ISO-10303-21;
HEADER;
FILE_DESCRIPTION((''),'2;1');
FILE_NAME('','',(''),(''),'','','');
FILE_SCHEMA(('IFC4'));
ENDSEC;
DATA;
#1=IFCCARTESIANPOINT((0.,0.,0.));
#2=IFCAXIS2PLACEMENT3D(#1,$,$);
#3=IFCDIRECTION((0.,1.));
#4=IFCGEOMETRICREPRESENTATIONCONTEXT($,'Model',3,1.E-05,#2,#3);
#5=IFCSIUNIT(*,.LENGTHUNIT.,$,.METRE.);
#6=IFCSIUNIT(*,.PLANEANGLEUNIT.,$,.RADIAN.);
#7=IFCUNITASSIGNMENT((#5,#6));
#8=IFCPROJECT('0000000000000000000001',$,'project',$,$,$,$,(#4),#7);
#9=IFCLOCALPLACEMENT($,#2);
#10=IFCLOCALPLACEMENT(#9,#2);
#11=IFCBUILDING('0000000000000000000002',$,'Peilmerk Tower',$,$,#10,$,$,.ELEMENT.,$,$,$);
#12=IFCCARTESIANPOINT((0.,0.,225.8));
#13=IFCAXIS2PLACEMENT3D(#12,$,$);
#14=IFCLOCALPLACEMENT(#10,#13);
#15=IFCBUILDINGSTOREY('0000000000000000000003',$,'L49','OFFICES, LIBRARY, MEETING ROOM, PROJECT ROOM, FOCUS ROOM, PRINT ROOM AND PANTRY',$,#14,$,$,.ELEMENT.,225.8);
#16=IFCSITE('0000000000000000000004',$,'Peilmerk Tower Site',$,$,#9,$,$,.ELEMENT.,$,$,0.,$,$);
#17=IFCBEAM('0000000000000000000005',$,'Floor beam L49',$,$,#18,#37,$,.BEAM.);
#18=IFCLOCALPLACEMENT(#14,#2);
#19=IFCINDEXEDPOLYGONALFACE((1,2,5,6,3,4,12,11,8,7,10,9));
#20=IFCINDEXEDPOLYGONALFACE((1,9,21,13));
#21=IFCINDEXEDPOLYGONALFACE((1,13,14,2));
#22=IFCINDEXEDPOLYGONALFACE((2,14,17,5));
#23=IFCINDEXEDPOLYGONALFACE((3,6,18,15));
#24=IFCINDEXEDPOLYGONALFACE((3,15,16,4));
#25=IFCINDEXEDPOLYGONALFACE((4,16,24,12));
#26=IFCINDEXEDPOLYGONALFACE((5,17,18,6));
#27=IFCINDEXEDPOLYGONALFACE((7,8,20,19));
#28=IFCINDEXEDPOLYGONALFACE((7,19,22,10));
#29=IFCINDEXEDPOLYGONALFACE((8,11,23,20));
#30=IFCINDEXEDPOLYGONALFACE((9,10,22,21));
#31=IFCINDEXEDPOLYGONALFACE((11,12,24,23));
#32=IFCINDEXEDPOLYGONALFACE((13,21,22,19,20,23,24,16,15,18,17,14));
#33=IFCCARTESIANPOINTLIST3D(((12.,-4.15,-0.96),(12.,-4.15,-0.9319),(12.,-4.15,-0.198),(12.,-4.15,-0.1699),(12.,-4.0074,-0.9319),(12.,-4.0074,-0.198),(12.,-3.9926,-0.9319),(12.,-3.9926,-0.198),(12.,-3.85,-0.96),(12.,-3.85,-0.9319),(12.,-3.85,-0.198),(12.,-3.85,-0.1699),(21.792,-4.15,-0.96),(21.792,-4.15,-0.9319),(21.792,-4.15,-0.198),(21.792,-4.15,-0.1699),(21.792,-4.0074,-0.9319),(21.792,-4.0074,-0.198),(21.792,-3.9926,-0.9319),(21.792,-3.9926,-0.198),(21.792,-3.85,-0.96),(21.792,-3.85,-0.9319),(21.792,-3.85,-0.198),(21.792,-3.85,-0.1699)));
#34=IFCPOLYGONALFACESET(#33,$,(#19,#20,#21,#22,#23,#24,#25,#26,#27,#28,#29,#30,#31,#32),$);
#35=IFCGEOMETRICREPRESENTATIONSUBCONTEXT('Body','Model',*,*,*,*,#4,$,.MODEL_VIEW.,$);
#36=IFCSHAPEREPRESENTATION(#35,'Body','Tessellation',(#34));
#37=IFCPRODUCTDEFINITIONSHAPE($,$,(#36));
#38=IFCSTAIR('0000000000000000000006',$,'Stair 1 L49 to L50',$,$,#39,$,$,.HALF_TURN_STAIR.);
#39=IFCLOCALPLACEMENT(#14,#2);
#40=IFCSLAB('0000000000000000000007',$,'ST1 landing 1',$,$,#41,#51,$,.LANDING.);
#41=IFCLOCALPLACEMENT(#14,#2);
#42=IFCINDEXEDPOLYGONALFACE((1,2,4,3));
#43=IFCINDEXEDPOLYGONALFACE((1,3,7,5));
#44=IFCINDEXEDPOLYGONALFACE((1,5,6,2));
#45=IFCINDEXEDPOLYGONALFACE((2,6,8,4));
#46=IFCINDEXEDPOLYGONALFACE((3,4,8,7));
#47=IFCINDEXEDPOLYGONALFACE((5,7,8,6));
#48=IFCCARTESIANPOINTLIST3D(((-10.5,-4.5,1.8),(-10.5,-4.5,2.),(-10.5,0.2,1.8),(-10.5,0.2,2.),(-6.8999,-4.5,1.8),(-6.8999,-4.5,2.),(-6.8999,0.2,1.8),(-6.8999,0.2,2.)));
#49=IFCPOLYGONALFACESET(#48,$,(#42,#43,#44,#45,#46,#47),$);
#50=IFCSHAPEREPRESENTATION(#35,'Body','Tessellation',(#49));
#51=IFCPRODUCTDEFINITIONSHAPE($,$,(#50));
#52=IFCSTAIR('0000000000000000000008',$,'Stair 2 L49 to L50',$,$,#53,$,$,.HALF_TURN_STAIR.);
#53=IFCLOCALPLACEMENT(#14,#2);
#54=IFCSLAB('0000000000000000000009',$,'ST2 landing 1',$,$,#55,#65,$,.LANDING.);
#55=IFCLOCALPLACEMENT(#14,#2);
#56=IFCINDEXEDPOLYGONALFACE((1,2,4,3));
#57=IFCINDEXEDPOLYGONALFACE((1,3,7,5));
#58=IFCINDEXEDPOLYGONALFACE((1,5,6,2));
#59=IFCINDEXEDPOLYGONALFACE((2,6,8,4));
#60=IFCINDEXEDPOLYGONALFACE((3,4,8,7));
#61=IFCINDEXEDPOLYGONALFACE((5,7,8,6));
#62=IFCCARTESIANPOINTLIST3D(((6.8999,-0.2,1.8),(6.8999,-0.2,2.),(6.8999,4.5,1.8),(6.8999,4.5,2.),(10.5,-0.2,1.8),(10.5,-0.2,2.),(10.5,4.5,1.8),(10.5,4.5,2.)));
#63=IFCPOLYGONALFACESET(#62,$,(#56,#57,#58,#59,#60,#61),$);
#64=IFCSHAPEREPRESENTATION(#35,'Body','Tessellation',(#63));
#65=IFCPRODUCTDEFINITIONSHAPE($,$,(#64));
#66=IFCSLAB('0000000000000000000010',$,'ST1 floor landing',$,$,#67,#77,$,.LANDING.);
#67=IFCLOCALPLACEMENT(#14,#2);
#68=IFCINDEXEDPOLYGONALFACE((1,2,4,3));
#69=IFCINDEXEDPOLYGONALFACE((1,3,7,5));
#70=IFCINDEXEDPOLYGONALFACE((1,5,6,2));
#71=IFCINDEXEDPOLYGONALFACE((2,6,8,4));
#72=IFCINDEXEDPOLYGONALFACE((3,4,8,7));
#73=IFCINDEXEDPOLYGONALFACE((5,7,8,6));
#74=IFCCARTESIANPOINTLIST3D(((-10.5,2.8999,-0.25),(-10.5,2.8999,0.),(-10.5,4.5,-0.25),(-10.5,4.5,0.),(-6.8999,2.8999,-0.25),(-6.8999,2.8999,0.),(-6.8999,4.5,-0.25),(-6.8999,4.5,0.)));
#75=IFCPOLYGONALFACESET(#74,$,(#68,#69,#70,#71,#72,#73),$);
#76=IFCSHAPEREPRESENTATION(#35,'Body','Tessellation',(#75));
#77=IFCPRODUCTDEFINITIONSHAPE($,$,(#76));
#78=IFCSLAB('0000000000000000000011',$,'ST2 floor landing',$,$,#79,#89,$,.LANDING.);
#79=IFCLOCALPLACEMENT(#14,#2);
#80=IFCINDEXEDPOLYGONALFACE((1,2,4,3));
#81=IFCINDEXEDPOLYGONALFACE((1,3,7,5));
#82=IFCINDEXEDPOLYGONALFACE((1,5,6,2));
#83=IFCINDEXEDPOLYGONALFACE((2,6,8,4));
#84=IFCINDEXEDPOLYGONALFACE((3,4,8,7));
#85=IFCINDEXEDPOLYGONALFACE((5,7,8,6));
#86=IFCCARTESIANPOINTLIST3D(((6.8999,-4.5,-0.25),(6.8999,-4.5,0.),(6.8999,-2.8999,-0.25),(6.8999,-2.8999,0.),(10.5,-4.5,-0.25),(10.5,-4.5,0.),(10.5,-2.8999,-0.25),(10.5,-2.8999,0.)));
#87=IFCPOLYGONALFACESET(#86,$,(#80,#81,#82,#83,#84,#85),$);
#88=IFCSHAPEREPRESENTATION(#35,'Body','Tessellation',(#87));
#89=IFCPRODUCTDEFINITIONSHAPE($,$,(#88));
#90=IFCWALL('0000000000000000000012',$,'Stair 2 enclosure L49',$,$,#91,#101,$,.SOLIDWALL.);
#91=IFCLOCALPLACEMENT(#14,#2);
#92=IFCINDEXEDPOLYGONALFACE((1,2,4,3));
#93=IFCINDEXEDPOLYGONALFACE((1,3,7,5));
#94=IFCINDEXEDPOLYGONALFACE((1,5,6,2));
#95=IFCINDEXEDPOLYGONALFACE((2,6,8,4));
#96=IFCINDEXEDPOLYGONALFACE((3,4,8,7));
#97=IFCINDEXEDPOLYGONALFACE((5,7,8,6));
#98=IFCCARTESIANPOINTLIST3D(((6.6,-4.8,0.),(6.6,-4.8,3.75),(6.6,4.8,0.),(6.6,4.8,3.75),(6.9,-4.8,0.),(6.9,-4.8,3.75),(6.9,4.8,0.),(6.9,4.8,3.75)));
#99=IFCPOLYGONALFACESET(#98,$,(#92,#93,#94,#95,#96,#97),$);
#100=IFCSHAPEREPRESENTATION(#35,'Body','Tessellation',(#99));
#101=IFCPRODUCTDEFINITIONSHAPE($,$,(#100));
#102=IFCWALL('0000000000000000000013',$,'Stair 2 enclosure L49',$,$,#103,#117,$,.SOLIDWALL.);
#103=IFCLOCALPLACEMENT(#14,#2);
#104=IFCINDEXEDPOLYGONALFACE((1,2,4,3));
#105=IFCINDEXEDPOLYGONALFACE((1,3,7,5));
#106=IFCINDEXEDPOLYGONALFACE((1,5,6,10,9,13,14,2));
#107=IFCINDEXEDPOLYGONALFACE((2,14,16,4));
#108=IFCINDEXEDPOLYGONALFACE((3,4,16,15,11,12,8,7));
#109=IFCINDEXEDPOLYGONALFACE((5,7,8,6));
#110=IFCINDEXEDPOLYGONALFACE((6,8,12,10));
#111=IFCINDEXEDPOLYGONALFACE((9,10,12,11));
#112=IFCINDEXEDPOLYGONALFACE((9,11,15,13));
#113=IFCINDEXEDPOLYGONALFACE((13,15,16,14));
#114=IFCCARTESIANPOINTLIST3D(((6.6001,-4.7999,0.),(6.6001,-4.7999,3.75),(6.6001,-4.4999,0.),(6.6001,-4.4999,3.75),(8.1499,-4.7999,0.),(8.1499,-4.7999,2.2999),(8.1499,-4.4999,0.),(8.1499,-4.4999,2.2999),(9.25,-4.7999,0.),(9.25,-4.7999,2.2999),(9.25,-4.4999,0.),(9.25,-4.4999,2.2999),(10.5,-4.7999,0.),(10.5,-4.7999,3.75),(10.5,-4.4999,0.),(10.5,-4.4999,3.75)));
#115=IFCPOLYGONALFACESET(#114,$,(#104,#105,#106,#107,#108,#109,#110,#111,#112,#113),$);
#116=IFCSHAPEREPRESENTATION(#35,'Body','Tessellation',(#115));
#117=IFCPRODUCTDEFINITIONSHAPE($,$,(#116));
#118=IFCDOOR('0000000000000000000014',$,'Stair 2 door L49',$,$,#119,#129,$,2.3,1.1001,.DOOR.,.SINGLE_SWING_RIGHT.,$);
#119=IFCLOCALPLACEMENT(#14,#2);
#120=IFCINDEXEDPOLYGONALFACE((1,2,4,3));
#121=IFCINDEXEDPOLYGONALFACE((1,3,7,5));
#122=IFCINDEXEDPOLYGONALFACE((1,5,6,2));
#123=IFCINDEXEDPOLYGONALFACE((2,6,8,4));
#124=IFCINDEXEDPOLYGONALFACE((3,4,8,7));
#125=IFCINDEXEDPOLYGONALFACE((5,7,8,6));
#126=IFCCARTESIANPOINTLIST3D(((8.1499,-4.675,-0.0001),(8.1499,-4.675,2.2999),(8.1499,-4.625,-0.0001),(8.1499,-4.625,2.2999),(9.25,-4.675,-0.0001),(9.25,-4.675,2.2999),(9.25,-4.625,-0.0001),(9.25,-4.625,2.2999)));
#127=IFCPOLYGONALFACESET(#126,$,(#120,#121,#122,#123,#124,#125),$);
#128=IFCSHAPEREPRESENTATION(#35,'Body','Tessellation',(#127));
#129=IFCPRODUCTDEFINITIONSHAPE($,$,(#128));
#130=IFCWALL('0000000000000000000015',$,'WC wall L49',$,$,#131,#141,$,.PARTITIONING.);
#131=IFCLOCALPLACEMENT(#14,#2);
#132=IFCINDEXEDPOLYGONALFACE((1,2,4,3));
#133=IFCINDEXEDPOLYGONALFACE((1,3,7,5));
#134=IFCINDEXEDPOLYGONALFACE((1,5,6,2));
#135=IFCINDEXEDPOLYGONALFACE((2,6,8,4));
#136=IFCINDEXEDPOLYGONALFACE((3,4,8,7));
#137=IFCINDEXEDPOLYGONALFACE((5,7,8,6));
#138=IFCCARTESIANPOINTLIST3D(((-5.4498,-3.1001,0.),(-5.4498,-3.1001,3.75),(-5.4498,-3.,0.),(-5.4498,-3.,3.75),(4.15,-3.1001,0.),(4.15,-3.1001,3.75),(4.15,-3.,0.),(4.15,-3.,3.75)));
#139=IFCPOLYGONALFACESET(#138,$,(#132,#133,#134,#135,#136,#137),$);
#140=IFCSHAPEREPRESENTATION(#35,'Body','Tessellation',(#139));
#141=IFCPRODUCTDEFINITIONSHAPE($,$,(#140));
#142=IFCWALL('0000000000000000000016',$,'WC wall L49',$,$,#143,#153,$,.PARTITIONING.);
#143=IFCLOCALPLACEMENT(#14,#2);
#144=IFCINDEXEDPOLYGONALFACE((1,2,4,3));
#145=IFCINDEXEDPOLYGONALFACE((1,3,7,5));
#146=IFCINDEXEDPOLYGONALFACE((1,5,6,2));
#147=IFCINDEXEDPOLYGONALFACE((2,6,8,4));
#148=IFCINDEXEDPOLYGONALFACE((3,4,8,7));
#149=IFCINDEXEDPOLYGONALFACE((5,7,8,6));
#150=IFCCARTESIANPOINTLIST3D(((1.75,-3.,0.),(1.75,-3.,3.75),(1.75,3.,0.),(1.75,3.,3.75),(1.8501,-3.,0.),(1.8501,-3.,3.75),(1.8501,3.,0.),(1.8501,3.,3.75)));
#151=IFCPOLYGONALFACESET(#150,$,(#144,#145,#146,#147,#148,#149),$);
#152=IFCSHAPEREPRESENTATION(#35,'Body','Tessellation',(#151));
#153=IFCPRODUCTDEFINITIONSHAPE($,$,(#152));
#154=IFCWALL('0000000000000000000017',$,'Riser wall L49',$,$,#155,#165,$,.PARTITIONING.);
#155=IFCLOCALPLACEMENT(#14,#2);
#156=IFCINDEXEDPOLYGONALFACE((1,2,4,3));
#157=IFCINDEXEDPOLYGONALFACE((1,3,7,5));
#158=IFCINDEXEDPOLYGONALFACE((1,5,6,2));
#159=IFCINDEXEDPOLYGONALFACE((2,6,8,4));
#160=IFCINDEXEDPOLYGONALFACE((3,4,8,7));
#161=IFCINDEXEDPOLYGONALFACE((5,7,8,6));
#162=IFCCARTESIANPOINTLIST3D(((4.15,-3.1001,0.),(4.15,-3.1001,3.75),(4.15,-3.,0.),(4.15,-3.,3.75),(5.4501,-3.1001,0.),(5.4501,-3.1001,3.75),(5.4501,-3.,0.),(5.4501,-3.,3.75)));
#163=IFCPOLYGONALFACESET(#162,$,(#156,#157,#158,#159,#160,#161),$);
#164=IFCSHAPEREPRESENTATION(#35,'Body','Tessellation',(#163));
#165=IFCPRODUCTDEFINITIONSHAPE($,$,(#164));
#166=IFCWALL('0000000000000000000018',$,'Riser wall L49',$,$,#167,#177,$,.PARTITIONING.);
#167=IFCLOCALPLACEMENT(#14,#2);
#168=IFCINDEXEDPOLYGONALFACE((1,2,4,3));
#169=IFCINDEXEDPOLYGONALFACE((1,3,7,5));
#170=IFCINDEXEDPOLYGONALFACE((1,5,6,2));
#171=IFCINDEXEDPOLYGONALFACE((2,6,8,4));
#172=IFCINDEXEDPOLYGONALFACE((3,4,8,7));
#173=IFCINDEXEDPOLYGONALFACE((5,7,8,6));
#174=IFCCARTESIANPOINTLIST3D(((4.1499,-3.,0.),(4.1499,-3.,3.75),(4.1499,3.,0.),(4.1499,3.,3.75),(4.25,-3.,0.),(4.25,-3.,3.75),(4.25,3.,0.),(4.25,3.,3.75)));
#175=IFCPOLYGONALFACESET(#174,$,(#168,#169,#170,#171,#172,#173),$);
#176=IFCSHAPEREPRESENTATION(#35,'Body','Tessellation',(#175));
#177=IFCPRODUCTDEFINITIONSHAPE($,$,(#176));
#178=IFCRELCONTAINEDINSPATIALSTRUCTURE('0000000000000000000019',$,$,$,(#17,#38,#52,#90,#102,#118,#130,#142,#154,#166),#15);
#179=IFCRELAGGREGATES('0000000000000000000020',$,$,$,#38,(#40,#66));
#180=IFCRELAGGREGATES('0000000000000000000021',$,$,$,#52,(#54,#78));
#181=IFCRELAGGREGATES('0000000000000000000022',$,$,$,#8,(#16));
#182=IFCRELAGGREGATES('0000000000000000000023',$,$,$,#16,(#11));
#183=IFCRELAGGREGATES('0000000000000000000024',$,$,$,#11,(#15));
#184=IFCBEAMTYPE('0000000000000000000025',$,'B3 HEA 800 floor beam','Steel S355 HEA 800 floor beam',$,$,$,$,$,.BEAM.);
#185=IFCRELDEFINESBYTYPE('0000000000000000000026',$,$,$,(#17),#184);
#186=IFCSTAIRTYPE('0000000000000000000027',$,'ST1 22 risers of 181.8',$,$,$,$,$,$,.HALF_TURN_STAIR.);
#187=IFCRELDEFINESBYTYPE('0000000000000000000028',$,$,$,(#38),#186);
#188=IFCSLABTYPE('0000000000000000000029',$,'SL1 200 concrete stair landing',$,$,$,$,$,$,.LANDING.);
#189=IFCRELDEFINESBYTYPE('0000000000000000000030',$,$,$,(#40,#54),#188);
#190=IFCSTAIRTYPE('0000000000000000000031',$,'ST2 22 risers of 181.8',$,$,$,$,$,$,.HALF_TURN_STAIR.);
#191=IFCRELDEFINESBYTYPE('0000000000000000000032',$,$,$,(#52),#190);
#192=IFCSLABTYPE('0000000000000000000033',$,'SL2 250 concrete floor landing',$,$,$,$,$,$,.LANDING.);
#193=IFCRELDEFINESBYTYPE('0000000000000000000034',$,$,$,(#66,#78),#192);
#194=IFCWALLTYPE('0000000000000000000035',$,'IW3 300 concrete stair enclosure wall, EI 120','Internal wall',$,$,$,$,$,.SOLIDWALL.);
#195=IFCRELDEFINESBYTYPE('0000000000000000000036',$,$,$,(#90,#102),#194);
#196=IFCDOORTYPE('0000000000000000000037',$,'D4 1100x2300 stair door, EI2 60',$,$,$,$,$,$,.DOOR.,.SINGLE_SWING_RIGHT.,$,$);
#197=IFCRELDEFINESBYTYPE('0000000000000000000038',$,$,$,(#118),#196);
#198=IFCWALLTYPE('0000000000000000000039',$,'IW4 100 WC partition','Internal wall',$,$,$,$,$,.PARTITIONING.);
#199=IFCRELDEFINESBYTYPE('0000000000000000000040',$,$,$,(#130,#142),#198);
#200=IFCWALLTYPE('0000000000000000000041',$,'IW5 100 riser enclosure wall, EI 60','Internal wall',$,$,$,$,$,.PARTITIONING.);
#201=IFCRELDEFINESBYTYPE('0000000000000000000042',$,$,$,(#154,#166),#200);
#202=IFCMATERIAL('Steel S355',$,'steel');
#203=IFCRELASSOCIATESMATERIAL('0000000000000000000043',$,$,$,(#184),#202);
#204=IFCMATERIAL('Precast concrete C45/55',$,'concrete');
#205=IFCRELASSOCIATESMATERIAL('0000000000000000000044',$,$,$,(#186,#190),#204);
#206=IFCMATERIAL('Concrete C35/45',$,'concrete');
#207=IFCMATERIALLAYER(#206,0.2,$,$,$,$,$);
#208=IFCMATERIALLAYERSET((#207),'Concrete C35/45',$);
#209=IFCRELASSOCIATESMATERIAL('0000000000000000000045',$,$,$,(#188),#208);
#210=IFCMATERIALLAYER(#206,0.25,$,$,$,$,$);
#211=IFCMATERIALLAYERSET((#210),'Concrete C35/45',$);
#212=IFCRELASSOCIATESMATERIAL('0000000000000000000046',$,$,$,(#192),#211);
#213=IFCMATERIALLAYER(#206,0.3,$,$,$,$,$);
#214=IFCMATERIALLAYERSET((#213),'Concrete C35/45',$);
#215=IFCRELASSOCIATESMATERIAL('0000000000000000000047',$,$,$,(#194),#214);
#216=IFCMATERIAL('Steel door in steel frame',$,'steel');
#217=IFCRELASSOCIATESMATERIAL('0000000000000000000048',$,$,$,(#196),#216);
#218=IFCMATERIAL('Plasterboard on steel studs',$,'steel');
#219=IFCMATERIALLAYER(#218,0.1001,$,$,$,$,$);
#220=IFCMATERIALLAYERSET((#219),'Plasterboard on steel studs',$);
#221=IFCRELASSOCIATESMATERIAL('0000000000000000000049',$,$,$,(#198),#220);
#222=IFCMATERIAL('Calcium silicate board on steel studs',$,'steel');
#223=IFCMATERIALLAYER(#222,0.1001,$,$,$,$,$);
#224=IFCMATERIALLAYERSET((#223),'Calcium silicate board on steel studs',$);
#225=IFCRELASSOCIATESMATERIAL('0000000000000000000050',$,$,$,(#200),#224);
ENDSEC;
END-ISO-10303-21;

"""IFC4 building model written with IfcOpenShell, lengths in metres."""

from ifc_helpers import new_model, si_unit, direction, frame, frame_2d, origin, origin_2d, place, context, subcontext, project, spatial, polyline, rectangle, i_section, outline, extrude, material, layer, layer_set, material_profile, profile_set, type_object, element, fill, aggregate, save


model = new_model("IFC4")

# Units and contexts
model_context = context("Model", 3, precision=1e-05, world=origin(), true_north=direction((0.0, 1.0)))
body_context = subcontext(model_context, "Body", "Model", "MODEL_VIEW")
ifc_project = project(units=[si_unit("LENGTHUNIT", "METRE"), si_unit("PLANEANGLEUNIT", "RADIAN")], contexts=[model_context])

# Site, building, storey
site_placement = place(None, origin())
site = spatial("IfcSite", under=ifc_project, at=site_placement, Name="Peilmerk Tower Site", CompositionType="ELEMENT", RefElevation=0.0)
building_placement = place(site_placement, origin())
building = spatial("IfcBuilding", under=site, at=building_placement, Name="Peilmerk Tower", CompositionType="ELEMENT")
storey_placement = place(building_placement, frame((0.0, 0.0, 225.8)))
storey = spatial("IfcBuildingStorey", under=building, at=storey_placement, Name="L49", Description="OFFICES, LIBRARY, MEETING ROOM, PROJECT ROOM, FOCUS ROOM, PRINT ROOM AND PANTRY", CompositionType="ELEMENT", Elevation=225.8)

# Beam
ifc_material_1 = material(Name="Steel S355", Category="steel")
ifc_material_profile = material_profile(ifc_material_1, i_section(OverallWidth=0.3, OverallDepth=0.79, WebThickness=0.0149, FlangeThickness=0.0281, at=origin_2d()), Name="HEA 800")
ifc_profile_set = profile_set([ifc_material_profile], Name="Steel S355")
beam_type = type_object("IfcBeamType", Name="B3 HEA 800 floor beam", Description="Steel S355 HEA 800 floor beam", PredefinedType="BEAM", material=ifc_profile_set)
beam_placement = place(storey_placement, frame((12.0, -4.0, -0.5649), z_axis=(1.0, 0.0, 0.0), x_axis=(0.0, 1.0, 0.0)))
element("IfcBeam", 1, at=beam_placement, inside=storey, type_object=beam_type, Name="Floor beam L49", PredefinedType="BEAM", context=body_context, shape_type="SweptSolid", body=[
    extrude(i_section(OverallWidth=0.3, OverallDepth=0.79, WebThickness=0.0149, FlangeThickness=0.0281, at=origin_2d()), origin(), (0.0, 0.0, 1.0), 9.792),
])

# Stairs, slabs
ifc_material_2 = material(Name="Precast concrete C45/55", Category="concrete")
stair_type_1 = type_object("IfcStairType", Name="ST1 22 risers of 181.8", PredefinedType="HALF_TURN_STAIR", material=ifc_material_2)
stair_1_placement = place(storey_placement, origin())
stair_1 = element("IfcStair", 2, at=stair_1_placement, inside=storey, type_object=stair_type_1, Name="Stair 1 L49 to L50", PredefinedType="HALF_TURN_STAIR")
ifc_material_3 = material(Name="Concrete C35/45", Category="concrete")
ifc_layer_1 = layer(ifc_material_3, 0.2)
ifc_layer_set_1 = layer_set([ifc_layer_1], Name="Concrete C35/45")
slab_type_1 = type_object("IfcSlabType", Name="SL1 200 concrete stair landing", PredefinedType="LANDING", material=ifc_layer_set_1)
slab_1_placement = place(storey_placement, frame((0.0, 0.0, 1.8)))
slab_1 = element("IfcSlab", 3, at=slab_1_placement, type_object=slab_type_1, Name="ST1 landing 1", PredefinedType="LANDING", context=body_context, shape_type="SweptSolid", body=[
    extrude(outline(polyline([(-10.5, -4.5), (-6.8999, -4.5), (-6.8999, 0.2), (-10.5, 0.2), (-10.5, -4.5)])), origin(), (0.0, 0.0, 1.0), 0.2),
])
stair_type_2 = type_object("IfcStairType", Name="ST2 22 risers of 181.8", PredefinedType="HALF_TURN_STAIR", material=ifc_material_2)
stair_2_placement = place(storey_placement, origin())
stair_2 = element("IfcStair", 4, at=stair_2_placement, inside=storey, type_object=stair_type_2, Name="Stair 2 L49 to L50", PredefinedType="HALF_TURN_STAIR")
slab_2_placement = place(storey_placement, frame((0.0, 0.0, 1.8)))
slab_2 = element("IfcSlab", 5, at=slab_2_placement, type_object=slab_type_1, Name="ST2 landing 1", PredefinedType="LANDING", context=body_context, shape_type="SweptSolid", body=[
    extrude(outline(polyline([(6.8999, -0.2), (10.5, -0.2), (10.5, 4.5), (6.8999, 4.5), (6.8999, -0.2)])), origin(), (0.0, 0.0, 1.0), 0.2),
])

# Slabs
ifc_layer_2 = layer(ifc_material_3, 0.25)
ifc_layer_set_2 = layer_set([ifc_layer_2], Name="Concrete C35/45")
slab_type_2 = type_object("IfcSlabType", Name="SL2 250 concrete floor landing", PredefinedType="LANDING", material=ifc_layer_set_2)
slab_3_placement = place(storey_placement, frame((0.0, 0.0, -0.25)))
slab_3 = element("IfcSlab", 6, at=slab_3_placement, type_object=slab_type_2, Name="ST1 floor landing", PredefinedType="LANDING", context=body_context, shape_type="SweptSolid", body=[
    extrude(outline(polyline([(-10.5, 2.8999), (-6.8999, 2.8999), (-6.8999, 4.5), (-10.5, 4.5), (-10.5, 2.8999)])), origin(), (0.0, 0.0, 1.0), 0.25),
])
aggregate(stair_1, [slab_1, slab_3])
slab_4_placement = place(storey_placement, frame((0.0, 0.0, -0.25)))
slab_4 = element("IfcSlab", 7, at=slab_4_placement, type_object=slab_type_2, Name="ST2 floor landing", PredefinedType="LANDING", context=body_context, shape_type="SweptSolid", body=[
    extrude(outline(polyline([(6.8999, -4.5), (10.5, -4.5), (10.5, -2.8999), (6.8999, -2.8999), (6.8999, -4.5)])), origin(), (0.0, 0.0, 1.0), 0.25),
])

# Wall
ifc_layer_3 = layer(ifc_material_3, 0.3)
ifc_layer_set_3 = layer_set([ifc_layer_3], Name="Concrete C35/45")
wall_type_1 = type_object("IfcWallType", Name="IW3 300 concrete stair enclosure wall, EI 120", Description="Internal wall", PredefinedType="SOLIDWALL", material=ifc_layer_set_3)
wall_1_placement = place(storey_placement, frame((6.75, -4.8, 0.0), z_axis=(0.0, 0.0, 1.0), x_axis=(0.0, 1.0, 0.0)))
element("IfcWall", 8, at=wall_1_placement, inside=storey, type_object=wall_type_1, Name="Stair 2 enclosure L49", PredefinedType="SOLIDWALL", context=body_context, shape_type="SweptSolid", body=[
    extrude(rectangle(XDim=9.6001, YDim=0.3, at=frame_2d((4.8, 0.0))), origin(), (0.0, 0.0, 1.0), 3.75),
])

# Wall, opening, door
wall_2_placement = place(storey_placement, frame((10.5, -4.6499, 0.0), z_axis=(0.0, 0.0, 1.0), x_axis=(-1.0, 0.0, 0.0)))
wall_2 = element("IfcWall", 9, at=wall_2_placement, inside=storey, type_object=wall_type_1, Name="Stair 2 enclosure L49", PredefinedType="SOLIDWALL", context=body_context, shape_type="SweptSolid", body=[
    extrude(rectangle(XDim=3.8999, YDim=0.3, at=frame_2d((1.95, 0.0))), origin(), (0.0, 0.0, 1.0), 3.75),
])
opening_1_placement = place(wall_2_placement, frame((1.25, 0.0, 0.0)))
opening_1 = element("IfcOpeningElement", 10, at=opening_1_placement, cuts=wall_2, PredefinedType="OPENING", context=body_context, shape_type="SweptSolid", body=[
    extrude(rectangle(XDim=1.1001, YDim=2.3, at=frame_2d((0.55, 1.1499))), frame((0.0, 0.1599, 0.0), z_axis=(0.0, -1.0, 0.0), x_axis=(1.0, 0.0, 0.0)), (0.0, 0.0, 1.0), 0.3201),
])
ifc_material_4 = material(Name="Steel door in steel frame", Category="steel")
door_type_1 = type_object("IfcDoorType", Name="D4 1100x2300 stair door, EI2 60", OperationType="SINGLE_SWING_RIGHT", PredefinedType="DOOR", material=ifc_material_4)
door_1_placement = place(opening_1_placement, frame((1.1001, 0.0, 0.0), z_axis=(0.0, 0.0, 1.0), x_axis=(-1.0, 0.0, 0.0)))
door_1 = element("IfcDoor", 11, at=door_1_placement, inside=storey, type_object=door_type_1, Name="Stair 2 door L49", OperationType="SINGLE_SWING_RIGHT", OverallHeight=2.3, OverallWidth=1.1001, PredefinedType="DOOR", context=body_context, shape_type="SweptSolid", body=[
    extrude(rectangle(XDim=1.1001, YDim=2.3, at=frame_2d((0.55, 1.1499))), frame((0.0, 0.0249, 0.0), z_axis=(0.0, -1.0, 0.0), x_axis=(1.0, 0.0, 0.0)), (0.0, 0.0, 1.0), 0.05),
])
fill(opening_1, door_1)

# Walls
ifc_material_5 = material(Name="Plasterboard on steel studs", Category="steel")
ifc_layer_4 = layer(ifc_material_5, 0.1001)
ifc_layer_set_4 = layer_set([ifc_layer_4], Name="Plasterboard on steel studs")
wall_type_2 = type_object("IfcWallType", Name="IW4 100 WC partition", Description="Internal wall", PredefinedType="PARTITIONING", material=ifc_layer_set_4)
wall_3_placement = place(storey_placement, frame((4.1499, -3.05, 0.0), z_axis=(0.0, 0.0, 1.0), x_axis=(-1.0, 0.0, 0.0)))
element("IfcWall", 12, at=wall_3_placement, inside=storey, type_object=wall_type_2, Name="WC wall L49", PredefinedType="PARTITIONING", context=body_context, shape_type="SweptSolid", body=[
    extrude(rectangle(XDim=9.5999, YDim=0.1001, at=frame_2d((4.7998, 0.0))), origin(), (0.0, 0.0, 1.0), 3.75),
])
wall_4_placement = place(storey_placement, frame((1.8, -3.0, 0.0), z_axis=(0.0, 0.0, 1.0), x_axis=(0.0, 1.0, 0.0)))
element("IfcWall", 13, at=wall_4_placement, inside=storey, type_object=wall_type_2, Name="WC wall L49", PredefinedType="PARTITIONING", context=body_context, shape_type="SweptSolid", body=[
    extrude(rectangle(XDim=6.0, YDim=0.1001, at=frame_2d((3.0, 0.0))), origin(), (0.0, 0.0, 1.0), 3.75),
])
ifc_material_6 = material(Name="Calcium silicate board on steel studs", Category="steel")
ifc_layer_5 = layer(ifc_material_6, 0.1001)
ifc_layer_set_5 = layer_set([ifc_layer_5], Name="Calcium silicate board on steel studs")
wall_type_3 = type_object("IfcWallType", Name="IW5 100 riser enclosure wall, EI 60", Description="Internal wall", PredefinedType="PARTITIONING", material=ifc_layer_set_5)
wall_5_placement = place(storey_placement, frame((5.45, -3.05, 0.0), z_axis=(0.0, 0.0, 1.0), x_axis=(-1.0, 0.0, 0.0)))
element("IfcWall", 14, at=wall_5_placement, inside=storey, type_object=wall_type_3, Name="Riser wall L49", PredefinedType="PARTITIONING", context=body_context, shape_type="SweptSolid", body=[
    extrude(rectangle(XDim=1.3, YDim=0.1001, at=frame_2d((0.6499, 0.0))), origin(), (0.0, 0.0, 1.0), 3.75),
])
wall_6_placement = place(storey_placement, frame((4.2, -3.0, 0.0), z_axis=(0.0, 0.0, 1.0), x_axis=(0.0, 1.0, 0.0)))
element("IfcWall", 15, at=wall_6_placement, inside=storey, type_object=wall_type_3, Name="Riser wall L49", PredefinedType="PARTITIONING", context=body_context, shape_type="SweptSolid", body=[
    extrude(rectangle(XDim=6.0, YDim=0.1001, at=frame_2d((3.0, 0.0))), origin(), (0.0, 0.0, 1.0), 3.75),
])

aggregate(stair_2, [slab_2, slab_4])

save(model, "model.ifc")
